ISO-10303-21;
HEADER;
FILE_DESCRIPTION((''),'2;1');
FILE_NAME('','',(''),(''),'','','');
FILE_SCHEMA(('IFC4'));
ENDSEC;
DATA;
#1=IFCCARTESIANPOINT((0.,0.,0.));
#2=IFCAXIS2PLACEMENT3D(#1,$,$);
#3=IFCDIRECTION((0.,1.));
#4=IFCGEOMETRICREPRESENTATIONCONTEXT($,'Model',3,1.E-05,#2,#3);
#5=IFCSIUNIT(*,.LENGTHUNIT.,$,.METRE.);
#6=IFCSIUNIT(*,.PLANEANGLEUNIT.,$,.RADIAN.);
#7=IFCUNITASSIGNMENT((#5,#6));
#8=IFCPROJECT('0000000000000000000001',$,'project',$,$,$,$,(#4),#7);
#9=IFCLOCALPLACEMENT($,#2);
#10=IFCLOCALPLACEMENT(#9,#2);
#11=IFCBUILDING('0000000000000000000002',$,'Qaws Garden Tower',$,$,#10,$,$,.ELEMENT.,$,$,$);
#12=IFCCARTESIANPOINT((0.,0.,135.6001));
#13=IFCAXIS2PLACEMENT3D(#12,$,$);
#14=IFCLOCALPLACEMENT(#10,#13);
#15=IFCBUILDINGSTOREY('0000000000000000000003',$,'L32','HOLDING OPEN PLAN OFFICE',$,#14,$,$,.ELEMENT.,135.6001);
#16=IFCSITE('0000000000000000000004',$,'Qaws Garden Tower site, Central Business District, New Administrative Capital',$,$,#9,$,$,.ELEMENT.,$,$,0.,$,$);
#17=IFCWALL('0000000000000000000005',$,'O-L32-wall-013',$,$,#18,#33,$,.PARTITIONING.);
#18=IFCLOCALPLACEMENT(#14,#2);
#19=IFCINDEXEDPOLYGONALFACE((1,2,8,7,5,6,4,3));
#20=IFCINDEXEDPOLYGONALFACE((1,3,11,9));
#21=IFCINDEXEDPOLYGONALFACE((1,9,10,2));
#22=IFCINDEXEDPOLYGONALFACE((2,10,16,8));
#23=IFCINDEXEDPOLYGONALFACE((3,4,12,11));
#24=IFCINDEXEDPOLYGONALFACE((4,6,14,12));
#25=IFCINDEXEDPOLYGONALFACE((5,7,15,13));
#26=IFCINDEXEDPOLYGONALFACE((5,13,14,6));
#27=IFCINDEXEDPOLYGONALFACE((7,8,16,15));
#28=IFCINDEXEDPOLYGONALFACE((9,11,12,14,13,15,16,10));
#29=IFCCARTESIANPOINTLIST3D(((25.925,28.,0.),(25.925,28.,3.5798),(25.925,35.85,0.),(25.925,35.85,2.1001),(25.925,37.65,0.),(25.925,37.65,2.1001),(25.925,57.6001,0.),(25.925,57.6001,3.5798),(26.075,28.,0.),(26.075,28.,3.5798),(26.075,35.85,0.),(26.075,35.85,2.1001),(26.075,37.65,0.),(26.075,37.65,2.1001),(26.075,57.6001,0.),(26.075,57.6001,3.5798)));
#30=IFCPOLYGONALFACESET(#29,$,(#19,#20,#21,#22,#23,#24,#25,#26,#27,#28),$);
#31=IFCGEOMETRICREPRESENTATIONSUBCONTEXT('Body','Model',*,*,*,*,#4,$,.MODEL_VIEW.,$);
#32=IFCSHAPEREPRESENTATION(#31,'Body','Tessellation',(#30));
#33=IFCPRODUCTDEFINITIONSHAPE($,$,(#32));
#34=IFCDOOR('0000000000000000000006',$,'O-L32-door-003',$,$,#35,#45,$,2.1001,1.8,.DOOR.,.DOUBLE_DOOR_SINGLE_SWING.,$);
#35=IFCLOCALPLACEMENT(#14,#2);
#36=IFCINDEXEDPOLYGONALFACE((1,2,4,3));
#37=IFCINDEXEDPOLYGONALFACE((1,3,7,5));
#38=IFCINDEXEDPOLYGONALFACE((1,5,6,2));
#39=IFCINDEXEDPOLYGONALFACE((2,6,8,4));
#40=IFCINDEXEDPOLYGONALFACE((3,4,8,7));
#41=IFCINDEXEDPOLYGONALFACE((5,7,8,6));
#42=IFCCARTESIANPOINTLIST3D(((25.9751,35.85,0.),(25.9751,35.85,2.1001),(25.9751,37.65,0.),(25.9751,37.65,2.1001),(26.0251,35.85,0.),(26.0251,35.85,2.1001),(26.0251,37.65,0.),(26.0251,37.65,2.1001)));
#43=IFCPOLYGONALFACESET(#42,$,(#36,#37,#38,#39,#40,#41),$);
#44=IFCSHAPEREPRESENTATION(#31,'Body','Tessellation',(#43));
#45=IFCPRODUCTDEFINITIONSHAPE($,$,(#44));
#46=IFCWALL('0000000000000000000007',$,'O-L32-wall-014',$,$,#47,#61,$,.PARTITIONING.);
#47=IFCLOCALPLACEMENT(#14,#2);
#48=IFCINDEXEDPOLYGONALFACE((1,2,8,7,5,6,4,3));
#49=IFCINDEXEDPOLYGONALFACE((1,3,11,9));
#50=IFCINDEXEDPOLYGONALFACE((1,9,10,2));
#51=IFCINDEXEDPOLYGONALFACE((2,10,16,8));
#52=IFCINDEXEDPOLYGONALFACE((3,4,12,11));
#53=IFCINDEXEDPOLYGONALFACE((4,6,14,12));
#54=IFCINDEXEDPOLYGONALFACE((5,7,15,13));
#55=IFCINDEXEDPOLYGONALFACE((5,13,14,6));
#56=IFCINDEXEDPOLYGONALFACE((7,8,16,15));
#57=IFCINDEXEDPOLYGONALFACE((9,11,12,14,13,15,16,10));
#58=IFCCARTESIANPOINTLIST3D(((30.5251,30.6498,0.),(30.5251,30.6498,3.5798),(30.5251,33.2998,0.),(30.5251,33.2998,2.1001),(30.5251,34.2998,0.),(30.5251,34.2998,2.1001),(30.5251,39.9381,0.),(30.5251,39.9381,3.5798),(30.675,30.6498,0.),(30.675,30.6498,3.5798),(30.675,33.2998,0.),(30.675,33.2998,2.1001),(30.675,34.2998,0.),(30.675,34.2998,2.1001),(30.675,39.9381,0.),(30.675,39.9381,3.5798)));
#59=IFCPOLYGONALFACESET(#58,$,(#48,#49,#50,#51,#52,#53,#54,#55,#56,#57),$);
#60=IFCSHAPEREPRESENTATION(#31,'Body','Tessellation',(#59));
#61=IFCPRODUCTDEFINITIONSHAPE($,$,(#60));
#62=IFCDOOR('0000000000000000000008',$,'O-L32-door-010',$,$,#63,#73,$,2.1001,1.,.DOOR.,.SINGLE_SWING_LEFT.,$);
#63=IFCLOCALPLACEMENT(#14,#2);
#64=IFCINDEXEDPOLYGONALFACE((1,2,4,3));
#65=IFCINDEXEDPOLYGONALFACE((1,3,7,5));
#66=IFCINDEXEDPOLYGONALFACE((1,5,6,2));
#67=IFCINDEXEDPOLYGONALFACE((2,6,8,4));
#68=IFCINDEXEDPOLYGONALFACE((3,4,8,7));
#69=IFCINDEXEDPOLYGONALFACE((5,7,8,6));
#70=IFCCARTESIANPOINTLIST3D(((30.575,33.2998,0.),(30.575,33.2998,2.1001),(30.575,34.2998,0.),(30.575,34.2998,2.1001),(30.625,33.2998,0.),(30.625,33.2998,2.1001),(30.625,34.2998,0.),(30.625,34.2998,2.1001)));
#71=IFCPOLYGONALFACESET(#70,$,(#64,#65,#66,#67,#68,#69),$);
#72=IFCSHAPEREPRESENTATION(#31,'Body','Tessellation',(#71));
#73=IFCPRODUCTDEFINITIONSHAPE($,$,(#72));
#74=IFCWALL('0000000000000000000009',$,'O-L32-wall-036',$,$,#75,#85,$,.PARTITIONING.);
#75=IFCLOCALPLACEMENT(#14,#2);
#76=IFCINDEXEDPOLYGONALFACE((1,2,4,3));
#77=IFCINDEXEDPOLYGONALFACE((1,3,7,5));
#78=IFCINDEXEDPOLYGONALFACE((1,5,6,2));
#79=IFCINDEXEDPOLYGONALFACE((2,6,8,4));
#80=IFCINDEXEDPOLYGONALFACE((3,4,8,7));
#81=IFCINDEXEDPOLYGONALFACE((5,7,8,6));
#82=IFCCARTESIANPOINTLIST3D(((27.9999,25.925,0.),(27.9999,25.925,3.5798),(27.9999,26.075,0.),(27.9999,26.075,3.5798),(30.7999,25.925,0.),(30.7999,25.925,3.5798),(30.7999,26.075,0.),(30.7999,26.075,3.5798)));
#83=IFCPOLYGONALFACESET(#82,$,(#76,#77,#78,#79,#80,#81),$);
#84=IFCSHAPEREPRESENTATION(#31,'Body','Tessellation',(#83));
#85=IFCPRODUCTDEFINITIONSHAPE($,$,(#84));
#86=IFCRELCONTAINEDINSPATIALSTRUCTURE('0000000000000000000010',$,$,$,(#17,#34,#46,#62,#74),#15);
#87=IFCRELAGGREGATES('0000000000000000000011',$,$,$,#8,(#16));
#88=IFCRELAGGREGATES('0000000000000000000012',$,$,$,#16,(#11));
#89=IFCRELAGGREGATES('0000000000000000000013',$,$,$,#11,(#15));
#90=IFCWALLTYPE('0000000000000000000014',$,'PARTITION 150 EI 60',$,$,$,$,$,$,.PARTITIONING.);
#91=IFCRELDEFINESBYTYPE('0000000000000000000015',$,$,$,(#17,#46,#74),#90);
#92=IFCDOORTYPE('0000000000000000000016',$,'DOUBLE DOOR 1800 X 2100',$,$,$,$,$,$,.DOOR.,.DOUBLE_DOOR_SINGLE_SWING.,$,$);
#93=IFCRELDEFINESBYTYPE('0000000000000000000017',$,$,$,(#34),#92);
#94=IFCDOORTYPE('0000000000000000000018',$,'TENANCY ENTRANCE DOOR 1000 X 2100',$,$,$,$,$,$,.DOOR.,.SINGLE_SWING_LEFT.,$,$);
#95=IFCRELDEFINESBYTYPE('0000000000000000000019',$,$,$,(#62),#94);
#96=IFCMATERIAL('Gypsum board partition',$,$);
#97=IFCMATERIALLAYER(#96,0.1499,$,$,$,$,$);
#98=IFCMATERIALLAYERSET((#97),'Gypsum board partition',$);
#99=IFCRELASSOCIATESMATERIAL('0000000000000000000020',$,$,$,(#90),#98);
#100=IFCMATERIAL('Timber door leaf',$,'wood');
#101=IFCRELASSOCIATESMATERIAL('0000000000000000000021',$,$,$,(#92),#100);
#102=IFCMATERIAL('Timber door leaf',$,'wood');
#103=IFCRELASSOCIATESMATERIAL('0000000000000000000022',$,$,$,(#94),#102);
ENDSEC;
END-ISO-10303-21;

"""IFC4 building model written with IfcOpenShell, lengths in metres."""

from ifc_helpers import new_model, si_unit, direction, frame, frame_2d, origin, place, context, subcontext, project, spatial, rectangle, extrude, material, layer, layer_set, type_object, element, fill, save


model = new_model("IFC4")

# Units and contexts
model_context = context("Model", 3, precision=1e-05, world=origin(), true_north=direction((0.0, 1.0)))
body_context = subcontext(model_context, "Body", "Model", "MODEL_VIEW")
ifc_project = project(units=[si_unit("LENGTHUNIT", "METRE"), si_unit("PLANEANGLEUNIT", "RADIAN")], contexts=[model_context])

# Site, building, storey
site_placement = place(None, origin())
site = spatial("IfcSite", under=ifc_project, at=site_placement, Name="Qaws Garden Tower site, Central Business District, New Administrative Capital", CompositionType="ELEMENT", RefElevation=0.0)
building_placement = place(site_placement, origin())
building = spatial("IfcBuilding", under=site, at=building_placement, Name="Qaws Garden Tower", CompositionType="ELEMENT")
storey_placement = place(building_placement, frame((0.0, 0.0, 135.6001)))
storey = spatial("IfcBuildingStorey", under=building, at=storey_placement, Name="L32", Description="HOLDING OPEN PLAN OFFICE", CompositionType="ELEMENT", Elevation=135.6001)

# Walls, openings, doors
ifc_material_1 = material(Name="Gypsum board partition")
ifc_layer_1 = layer(ifc_material_1, 0.1499)
ifc_layer_set_1 = layer_set([ifc_layer_1], Name="Gypsum board partition")
wall_type_1 = type_object("IfcWallType", Name="PARTITION 150 EI 60", PredefinedType="PARTITIONING", material=ifc_layer_set_1)
wall_1_placement = place(storey_placement, frame((26.0, 28.0, 0.0), z_axis=(0.0, 0.0, 1.0), x_axis=(0.0, 1.0, 0.0)))
wall_1 = element("IfcWall", 1, at=wall_1_placement, inside=storey, type_object=wall_type_1, Name="O-L32-wall-013", PredefinedType="PARTITIONING", context=body_context, shape_type="SweptSolid", body=[
    extrude(rectangle(XDim=29.6001, YDim=0.1499, at=frame_2d((14.8, 0.0))), origin(), (0.0, 0.0, 1.0), 3.5798),
])
opening_1_placement = place(wall_1_placement, frame((7.8501, 0.0, 0.0)))
opening_1 = element("IfcOpeningElement", 2, at=opening_1_placement, cuts=wall_1, PredefinedType="OPENING", context=body_context, shape_type="SweptSolid", body=[
    extrude(rectangle(XDim=1.8, YDim=2.1001, at=frame_2d((0.8999, 1.05))), frame((0.0, 0.085, 0.0), z_axis=(0.0, -1.0, 0.0), x_axis=(1.0, 0.0, 0.0)), (0.0, 0.0, 1.0), 0.1699),
])
ifc_material_2 = material(Name="Timber door leaf", Category="wood")
door_type_1 = type_object("IfcDoorType", Name="DOUBLE DOOR 1800 X 2100", OperationType="DOUBLE_DOOR_SINGLE_SWING", PredefinedType="DOOR", material=ifc_material_2)
door_1_placement = place(opening_1_placement, origin())
door_1 = element("IfcDoor", 3, at=door_1_placement, inside=storey, type_object=door_type_1, Name="O-L32-door-003", OperationType="DOUBLE_DOOR_SINGLE_SWING", OverallHeight=2.1001, OverallWidth=1.8, PredefinedType="DOOR", context=body_context, shape_type="SweptSolid", body=[
    extrude(rectangle(XDim=1.8, YDim=2.1001, at=frame_2d((0.8999, 1.05))), frame((0.0, 0.0249, 0.0), z_axis=(0.0, -1.0, 0.0), x_axis=(1.0, 0.0, 0.0)), (0.0, 0.0, 1.0), 0.05),
])
fill(opening_1, door_1)
wall_2_placement = place(storey_placement, frame((30.6001, 30.6499, 0.0), z_axis=(0.0, 0.0, 1.0), x_axis=(0.0, 1.0, 0.0)))
wall_2 = element("IfcWall", 4, at=wall_2_placement, inside=storey, type_object=wall_type_1, Name="O-L32-wall-014", PredefinedType="PARTITIONING", context=body_context, shape_type="SweptSolid", body=[
    extrude(rectangle(XDim=9.2883, YDim=0.1499, at=frame_2d((4.644, 0.0))), origin(), (0.0, 0.0, 1.0), 3.5798),
])
opening_2_placement = place(wall_2_placement, frame((2.6499, 0.0, 0.0)))
opening_2 = element("IfcOpeningElement", 5, at=opening_2_placement, cuts=wall_2, PredefinedType="OPENING", context=body_context, shape_type="SweptSolid", body=[
    extrude(rectangle(XDim=1.0, YDim=2.1001, at=frame_2d((0.5, 1.05))), frame((0.0, 0.085, 0.0), z_axis=(0.0, -1.0, 0.0), x_axis=(1.0, 0.0, 0.0)), (0.0, 0.0, 1.0), 0.1699),
])
ifc_material_3 = material(Name="Timber door leaf", Category="wood")
door_type_2 = type_object("IfcDoorType", Name="TENANCY ENTRANCE DOOR 1000 X 2100", OperationType="SINGLE_SWING_LEFT", PredefinedType="DOOR", material=ifc_material_3)
door_2_placement = place(opening_2_placement, frame((1.0, 0.0, 0.0), z_axis=(0.0, 0.0, 1.0), x_axis=(-1.0, 0.0, 0.0)))
door_2 = element("IfcDoor", 6, at=door_2_placement, inside=storey, type_object=door_type_2, Name="O-L32-door-010", OperationType="SINGLE_SWING_LEFT", OverallHeight=2.1001, OverallWidth=1.0, PredefinedType="DOOR", context=body_context, shape_type="SweptSolid", body=[
    extrude(rectangle(XDim=1.0, YDim=2.1001, at=frame_2d((0.5, 1.05))), frame((0.0, 0.0249, 0.0), z_axis=(0.0, -1.0, 0.0), x_axis=(1.0, 0.0, 0.0)), (0.0, 0.0, 1.0), 0.05),
])
fill(opening_2, door_2)

# Wall
wall_3_placement = place(storey_placement, frame((28.0, 26.0, 0.0), z_axis=(0.0, 0.0, 1.0), x_axis=(1.0, 0.0, 0.0)))
element("IfcWall", 7, at=wall_3_placement, inside=storey, type_object=wall_type_1, Name="O-L32-wall-036", PredefinedType="PARTITIONING", context=body_context, shape_type="SweptSolid", body=[
    extrude(rectangle(XDim=2.8, YDim=0.1499, at=frame_2d((1.3999, 0.0))), origin(), (0.0, 0.0, 1.0), 3.5798),
])

save(model, "model.ifc")
